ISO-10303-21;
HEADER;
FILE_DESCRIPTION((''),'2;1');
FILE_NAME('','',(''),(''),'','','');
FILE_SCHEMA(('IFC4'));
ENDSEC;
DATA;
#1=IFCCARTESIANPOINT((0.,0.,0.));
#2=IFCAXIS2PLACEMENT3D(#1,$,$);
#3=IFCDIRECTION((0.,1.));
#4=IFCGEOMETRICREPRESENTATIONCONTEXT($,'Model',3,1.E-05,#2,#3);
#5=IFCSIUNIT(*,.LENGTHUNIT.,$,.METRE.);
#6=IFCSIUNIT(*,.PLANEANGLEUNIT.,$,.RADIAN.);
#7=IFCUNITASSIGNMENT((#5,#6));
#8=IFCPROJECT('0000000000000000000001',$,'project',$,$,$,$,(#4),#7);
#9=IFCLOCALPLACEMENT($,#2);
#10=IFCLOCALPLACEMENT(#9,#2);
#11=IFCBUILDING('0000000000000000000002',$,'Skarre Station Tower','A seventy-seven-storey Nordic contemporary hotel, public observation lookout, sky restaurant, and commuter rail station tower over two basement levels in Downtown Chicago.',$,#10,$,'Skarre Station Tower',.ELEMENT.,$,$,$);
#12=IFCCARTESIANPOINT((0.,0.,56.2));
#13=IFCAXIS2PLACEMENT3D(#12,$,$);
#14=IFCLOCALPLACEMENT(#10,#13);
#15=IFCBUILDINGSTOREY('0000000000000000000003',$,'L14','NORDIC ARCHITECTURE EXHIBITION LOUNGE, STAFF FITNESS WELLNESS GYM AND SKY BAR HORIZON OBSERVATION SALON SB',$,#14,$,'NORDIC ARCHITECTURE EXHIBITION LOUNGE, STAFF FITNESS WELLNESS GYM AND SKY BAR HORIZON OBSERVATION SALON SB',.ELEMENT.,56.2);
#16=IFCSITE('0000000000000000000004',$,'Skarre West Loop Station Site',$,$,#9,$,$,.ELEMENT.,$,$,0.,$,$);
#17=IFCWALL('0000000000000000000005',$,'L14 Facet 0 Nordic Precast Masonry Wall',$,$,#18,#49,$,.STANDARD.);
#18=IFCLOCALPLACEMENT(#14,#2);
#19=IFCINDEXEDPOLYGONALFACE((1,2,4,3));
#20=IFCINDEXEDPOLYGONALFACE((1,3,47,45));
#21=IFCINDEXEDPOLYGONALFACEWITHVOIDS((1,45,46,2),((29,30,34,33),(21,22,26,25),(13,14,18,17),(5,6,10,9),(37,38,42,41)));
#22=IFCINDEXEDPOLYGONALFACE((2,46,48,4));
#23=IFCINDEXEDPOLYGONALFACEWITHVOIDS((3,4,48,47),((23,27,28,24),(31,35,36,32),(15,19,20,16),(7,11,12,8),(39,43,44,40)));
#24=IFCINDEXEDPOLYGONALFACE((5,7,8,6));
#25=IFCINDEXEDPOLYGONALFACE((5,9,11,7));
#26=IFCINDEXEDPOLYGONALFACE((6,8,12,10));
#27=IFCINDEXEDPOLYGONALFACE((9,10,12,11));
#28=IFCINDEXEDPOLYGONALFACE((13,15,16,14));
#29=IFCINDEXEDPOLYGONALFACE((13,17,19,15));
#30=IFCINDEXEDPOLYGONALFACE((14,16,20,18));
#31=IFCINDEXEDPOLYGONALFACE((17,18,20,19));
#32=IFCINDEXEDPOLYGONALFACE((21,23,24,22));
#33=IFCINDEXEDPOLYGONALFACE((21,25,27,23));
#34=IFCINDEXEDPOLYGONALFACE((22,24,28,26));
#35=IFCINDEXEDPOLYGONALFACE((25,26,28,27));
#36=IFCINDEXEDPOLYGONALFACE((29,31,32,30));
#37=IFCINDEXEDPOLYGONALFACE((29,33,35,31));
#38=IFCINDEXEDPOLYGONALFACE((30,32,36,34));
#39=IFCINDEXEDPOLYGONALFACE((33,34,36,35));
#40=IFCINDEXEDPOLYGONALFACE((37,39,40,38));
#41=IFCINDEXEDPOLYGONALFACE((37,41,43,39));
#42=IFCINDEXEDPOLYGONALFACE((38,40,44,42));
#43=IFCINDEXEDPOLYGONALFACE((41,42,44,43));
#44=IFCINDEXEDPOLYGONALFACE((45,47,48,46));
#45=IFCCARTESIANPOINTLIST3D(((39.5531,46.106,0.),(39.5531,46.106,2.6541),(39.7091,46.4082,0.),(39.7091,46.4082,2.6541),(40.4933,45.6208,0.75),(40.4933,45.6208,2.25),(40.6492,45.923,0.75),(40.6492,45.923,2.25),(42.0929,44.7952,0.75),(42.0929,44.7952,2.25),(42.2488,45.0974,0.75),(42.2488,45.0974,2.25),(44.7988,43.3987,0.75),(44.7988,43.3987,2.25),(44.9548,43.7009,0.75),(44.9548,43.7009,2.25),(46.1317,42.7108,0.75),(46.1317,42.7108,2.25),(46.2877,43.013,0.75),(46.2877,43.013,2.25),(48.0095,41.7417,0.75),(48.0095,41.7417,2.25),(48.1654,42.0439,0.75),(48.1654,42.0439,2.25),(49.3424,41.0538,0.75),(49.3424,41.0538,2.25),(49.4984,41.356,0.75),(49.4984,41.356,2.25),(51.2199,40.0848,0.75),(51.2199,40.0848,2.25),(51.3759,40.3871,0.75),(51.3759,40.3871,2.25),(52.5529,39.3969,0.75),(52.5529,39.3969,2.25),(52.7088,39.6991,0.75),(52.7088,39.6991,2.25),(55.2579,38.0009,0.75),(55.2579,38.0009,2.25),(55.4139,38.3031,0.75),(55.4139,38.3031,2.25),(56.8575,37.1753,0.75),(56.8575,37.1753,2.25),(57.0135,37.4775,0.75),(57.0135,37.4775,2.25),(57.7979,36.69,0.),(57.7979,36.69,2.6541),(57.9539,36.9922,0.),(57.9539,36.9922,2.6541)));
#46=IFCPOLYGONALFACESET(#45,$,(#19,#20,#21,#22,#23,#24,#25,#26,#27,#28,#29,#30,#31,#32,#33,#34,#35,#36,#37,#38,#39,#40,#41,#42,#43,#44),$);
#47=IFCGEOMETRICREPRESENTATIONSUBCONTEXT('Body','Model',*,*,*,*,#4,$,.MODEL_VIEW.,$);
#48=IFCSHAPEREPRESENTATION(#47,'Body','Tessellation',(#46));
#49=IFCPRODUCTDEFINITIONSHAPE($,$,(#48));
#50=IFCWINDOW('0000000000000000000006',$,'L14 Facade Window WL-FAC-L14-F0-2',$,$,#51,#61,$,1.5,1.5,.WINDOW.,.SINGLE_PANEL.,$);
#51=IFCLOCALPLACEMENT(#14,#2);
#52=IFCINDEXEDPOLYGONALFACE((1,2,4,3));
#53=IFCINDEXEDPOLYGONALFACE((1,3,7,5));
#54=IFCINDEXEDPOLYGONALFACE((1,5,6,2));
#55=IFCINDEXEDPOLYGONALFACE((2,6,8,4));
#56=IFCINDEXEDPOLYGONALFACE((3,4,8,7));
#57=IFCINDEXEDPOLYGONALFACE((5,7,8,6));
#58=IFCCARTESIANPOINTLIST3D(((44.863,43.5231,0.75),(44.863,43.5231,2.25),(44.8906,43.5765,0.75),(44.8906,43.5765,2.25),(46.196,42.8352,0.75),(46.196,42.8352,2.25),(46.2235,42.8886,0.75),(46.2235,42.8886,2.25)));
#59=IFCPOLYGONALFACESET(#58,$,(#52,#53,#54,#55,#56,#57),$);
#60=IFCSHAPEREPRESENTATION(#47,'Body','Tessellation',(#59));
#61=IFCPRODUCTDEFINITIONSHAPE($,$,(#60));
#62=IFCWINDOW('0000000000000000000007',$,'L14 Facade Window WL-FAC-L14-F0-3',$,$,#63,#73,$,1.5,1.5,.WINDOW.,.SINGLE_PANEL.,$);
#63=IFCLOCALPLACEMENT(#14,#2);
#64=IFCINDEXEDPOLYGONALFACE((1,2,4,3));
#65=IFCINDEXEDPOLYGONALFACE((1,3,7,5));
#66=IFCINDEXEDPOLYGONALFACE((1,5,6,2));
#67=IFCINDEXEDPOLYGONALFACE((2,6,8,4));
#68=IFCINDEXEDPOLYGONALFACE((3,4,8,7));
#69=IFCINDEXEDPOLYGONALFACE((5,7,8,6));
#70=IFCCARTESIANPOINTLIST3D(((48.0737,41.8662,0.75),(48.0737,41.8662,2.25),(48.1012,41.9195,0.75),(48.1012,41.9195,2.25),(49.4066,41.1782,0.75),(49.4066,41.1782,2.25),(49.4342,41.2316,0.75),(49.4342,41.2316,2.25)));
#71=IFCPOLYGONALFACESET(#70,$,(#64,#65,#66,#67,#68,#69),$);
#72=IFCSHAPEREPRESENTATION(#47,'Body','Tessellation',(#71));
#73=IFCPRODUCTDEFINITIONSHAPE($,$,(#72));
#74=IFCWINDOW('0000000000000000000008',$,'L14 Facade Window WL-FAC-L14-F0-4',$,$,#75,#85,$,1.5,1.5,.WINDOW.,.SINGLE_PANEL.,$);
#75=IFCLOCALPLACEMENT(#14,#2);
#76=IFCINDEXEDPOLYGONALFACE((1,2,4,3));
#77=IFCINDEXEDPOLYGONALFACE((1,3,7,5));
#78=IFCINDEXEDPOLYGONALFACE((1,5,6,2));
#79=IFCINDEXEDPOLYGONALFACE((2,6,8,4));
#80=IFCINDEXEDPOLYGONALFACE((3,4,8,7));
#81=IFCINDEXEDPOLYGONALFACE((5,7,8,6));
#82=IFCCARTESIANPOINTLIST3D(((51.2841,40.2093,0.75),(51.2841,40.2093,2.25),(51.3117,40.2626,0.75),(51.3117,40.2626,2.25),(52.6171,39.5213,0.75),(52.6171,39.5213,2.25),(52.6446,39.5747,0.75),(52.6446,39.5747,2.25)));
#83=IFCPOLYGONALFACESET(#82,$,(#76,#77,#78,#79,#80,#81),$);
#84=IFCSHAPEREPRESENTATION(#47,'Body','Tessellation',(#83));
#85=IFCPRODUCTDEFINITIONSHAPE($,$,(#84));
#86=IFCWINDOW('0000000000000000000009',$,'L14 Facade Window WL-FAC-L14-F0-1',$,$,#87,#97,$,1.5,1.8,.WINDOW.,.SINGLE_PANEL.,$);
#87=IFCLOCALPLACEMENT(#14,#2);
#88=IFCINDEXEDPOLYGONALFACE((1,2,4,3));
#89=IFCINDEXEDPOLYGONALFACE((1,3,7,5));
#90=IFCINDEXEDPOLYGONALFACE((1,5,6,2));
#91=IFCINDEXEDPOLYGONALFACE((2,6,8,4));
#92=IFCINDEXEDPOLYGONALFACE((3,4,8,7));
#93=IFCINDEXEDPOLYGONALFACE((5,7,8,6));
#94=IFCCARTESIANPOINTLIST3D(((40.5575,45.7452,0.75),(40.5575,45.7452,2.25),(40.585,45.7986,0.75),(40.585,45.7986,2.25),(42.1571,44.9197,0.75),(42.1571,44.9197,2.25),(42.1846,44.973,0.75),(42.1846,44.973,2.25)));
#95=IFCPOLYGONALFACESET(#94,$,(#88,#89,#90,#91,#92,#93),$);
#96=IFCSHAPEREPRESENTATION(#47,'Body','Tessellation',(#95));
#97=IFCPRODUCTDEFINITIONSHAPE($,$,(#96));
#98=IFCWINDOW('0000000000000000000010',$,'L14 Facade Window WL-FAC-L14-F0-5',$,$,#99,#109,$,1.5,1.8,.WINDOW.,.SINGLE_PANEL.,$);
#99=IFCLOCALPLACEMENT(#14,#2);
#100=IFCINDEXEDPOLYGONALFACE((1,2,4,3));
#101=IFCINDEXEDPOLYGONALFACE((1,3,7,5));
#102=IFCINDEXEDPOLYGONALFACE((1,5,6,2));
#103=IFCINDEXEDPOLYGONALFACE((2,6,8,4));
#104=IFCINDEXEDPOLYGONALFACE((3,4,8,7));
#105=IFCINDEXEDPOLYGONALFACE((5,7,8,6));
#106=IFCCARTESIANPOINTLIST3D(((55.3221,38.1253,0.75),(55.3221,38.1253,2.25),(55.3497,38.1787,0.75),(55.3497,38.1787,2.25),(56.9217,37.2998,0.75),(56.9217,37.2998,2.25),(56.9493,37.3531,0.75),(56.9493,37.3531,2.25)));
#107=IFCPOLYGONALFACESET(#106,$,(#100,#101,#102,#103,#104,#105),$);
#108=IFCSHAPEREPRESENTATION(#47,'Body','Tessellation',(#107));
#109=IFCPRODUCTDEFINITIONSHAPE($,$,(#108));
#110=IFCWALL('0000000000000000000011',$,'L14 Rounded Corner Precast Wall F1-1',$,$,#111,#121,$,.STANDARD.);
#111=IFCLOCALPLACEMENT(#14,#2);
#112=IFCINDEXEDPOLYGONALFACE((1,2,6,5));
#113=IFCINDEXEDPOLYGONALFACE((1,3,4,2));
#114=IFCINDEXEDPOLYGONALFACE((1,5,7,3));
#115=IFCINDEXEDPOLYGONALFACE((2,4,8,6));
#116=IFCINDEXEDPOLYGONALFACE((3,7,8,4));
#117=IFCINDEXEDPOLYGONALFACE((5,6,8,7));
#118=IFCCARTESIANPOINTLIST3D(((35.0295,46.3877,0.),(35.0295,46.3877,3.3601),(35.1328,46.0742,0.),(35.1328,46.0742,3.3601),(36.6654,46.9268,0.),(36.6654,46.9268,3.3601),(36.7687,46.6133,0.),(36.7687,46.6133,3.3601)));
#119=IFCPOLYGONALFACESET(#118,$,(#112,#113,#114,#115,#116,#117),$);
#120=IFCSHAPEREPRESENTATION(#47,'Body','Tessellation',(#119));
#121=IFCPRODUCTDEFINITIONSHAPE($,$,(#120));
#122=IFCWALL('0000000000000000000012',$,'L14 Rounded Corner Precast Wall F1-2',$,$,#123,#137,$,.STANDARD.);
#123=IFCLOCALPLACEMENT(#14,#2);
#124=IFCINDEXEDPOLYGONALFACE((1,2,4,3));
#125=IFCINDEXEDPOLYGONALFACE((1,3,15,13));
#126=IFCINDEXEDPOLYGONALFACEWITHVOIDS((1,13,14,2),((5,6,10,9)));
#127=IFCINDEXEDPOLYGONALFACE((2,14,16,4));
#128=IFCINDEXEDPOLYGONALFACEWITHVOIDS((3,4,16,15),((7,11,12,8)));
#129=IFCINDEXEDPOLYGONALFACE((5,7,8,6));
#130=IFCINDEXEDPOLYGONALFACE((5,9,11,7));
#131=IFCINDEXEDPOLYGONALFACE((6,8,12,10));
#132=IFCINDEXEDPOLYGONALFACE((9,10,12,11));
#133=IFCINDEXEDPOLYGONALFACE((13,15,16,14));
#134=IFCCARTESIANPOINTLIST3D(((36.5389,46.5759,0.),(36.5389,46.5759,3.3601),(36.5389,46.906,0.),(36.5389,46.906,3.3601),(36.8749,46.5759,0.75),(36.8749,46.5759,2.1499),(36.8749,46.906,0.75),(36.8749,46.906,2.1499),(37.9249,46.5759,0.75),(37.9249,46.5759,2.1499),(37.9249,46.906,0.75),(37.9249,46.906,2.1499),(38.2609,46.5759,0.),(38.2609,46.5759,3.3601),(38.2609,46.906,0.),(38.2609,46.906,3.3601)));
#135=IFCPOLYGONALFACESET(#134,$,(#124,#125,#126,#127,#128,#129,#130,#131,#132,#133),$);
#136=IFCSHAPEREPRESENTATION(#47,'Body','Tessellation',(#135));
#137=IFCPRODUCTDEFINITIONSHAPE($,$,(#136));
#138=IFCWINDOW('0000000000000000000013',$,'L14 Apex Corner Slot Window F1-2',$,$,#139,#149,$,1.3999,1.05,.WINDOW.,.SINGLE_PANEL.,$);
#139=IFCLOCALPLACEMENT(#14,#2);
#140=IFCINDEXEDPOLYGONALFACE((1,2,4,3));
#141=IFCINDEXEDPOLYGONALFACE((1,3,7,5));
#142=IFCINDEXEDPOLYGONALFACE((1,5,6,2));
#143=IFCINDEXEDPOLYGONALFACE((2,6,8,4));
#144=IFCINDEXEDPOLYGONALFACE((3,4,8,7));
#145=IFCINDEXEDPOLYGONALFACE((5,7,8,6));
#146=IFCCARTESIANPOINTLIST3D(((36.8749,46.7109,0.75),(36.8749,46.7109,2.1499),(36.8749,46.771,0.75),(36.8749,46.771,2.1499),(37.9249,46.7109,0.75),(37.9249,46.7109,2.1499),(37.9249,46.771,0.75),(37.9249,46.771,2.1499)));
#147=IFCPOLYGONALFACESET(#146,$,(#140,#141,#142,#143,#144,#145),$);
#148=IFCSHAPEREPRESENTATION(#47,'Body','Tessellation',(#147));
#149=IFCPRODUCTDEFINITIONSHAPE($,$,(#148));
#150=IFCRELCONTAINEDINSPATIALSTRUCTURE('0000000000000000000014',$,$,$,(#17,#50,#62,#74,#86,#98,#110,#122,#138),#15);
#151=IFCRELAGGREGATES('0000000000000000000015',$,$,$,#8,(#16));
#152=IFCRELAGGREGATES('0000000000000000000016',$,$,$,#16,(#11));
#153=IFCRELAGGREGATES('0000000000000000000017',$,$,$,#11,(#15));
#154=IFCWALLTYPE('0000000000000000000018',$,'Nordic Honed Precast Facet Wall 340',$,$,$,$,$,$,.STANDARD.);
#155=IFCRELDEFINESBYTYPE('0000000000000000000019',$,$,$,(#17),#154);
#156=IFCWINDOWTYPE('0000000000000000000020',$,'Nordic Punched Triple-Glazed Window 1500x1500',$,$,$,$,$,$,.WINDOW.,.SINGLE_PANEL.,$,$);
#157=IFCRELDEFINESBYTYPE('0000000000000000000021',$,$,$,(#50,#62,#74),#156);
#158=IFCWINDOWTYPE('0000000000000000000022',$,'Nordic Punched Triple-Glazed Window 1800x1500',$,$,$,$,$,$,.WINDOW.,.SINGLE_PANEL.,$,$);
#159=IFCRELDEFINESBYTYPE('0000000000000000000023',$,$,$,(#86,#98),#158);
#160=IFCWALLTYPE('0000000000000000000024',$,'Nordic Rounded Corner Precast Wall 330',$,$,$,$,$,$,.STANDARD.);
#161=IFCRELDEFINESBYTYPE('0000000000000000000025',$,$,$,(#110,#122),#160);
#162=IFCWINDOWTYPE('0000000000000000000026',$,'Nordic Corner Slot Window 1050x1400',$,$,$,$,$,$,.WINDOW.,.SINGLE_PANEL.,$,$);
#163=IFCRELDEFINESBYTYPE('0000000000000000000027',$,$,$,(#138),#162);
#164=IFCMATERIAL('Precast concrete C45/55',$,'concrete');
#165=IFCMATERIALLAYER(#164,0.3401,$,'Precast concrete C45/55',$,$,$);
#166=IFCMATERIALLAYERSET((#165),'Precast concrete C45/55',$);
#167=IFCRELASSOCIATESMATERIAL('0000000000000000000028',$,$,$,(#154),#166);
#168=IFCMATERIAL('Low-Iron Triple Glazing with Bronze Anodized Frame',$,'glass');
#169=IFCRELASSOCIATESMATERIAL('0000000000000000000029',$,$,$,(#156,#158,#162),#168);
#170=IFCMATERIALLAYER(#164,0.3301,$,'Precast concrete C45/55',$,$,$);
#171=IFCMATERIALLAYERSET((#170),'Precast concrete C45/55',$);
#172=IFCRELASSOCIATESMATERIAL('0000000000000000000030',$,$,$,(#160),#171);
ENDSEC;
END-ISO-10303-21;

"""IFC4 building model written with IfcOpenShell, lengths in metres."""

from ifc_helpers import new_model, si_unit, direction, frame, frame_2d, origin, place, context, subcontext, project, spatial, rectangle, extrude, material, layer, layer_set, type_object, element, fill, save


model = new_model("IFC4")

# Units and contexts
model_context = context("Model", 3, precision=1e-05, world=origin(), true_north=direction((0.0, 1.0)))
body_context = subcontext(model_context, "Body", "Model", "MODEL_VIEW")
ifc_project = project(units=[si_unit("LENGTHUNIT", "METRE"), si_unit("PLANEANGLEUNIT", "RADIAN")], contexts=[model_context])

# Site, building, storey
site_placement = place(None, origin())
site = spatial("IfcSite", under=ifc_project, at=site_placement, Name="Skarre West Loop Station Site", CompositionType="ELEMENT", RefElevation=0.0)
building_placement = place(site_placement, origin())
building = spatial("IfcBuilding", under=site, at=building_placement, Name="Skarre Station Tower", Description="A seventy-seven-storey Nordic contemporary hotel, public observation lookout, sky restaurant, and commuter rail station tower over two basement levels in Downtown Chicago.", LongName="Skarre Station Tower", CompositionType="ELEMENT")
storey_placement = place(building_placement, frame((0.0, 0.0, 56.2)))
storey = spatial("IfcBuildingStorey", under=building, at=storey_placement, Name="L14", Description="NORDIC ARCHITECTURE EXHIBITION LOUNGE, STAFF FITNESS WELLNESS GYM AND SKY BAR HORIZON OBSERVATION SALON SB", LongName="NORDIC ARCHITECTURE EXHIBITION LOUNGE, STAFF FITNESS WELLNESS GYM AND SKY BAR HORIZON OBSERVATION SALON SB", CompositionType="ELEMENT", Elevation=56.2)

# Wall, openings, windows
ifc_material_1 = material(Name="Precast concrete C45/55", Category="concrete")
ifc_layer_1 = layer(ifc_material_1, 0.3401, Name="Precast concrete C45/55")
ifc_layer_set_1 = layer_set([ifc_layer_1], Name="Precast concrete C45/55")
wall_type_1 = type_object("IfcWallType", Name="Nordic Honed Precast Facet Wall 340", PredefinedType="STANDARD", material=ifc_layer_set_1)
wall_1_placement = place(storey_placement, frame((39.6311, 46.2571, 0.0), z_axis=(0.0, 0.0, 1.0), x_axis=(0.888634, -0.458616, 0.0)))
wall_1 = element("IfcWall", 1, at=wall_1_placement, inside=storey, type_object=wall_type_1, Name="L14 Facet 0 Nordic Precast Masonry Wall", PredefinedType="STANDARD", context=body_context, shape_type="SweptSolid", body=[
    extrude(rectangle(XDim=20.5312, YDim=0.3401, at=frame_2d((10.2656, 0.0))), origin(), (0.0, 0.0, 1.0), 2.6541),
])
opening_1_placement = place(wall_1_placement, frame((1.0581, 0.0, 0.75)))
opening_1 = element("IfcOpeningElement", 2, at=opening_1_placement, cuts=wall_1, PredefinedType="OPENING", context=body_context, shape_type="SweptSolid", body=[
    extrude(rectangle(XDim=1.8, YDim=1.5, at=frame_2d((0.8999, 0.75))), frame((0.0, 0.1799, 0.0), z_axis=(0.0, -1.0, 0.0), x_axis=(1.0, 0.0, 0.0)), (0.0, 0.0, 1.0), 0.3601),
])
opening_2_placement = place(wall_1_placement, frame((5.9031, 0.0, 0.75)))
opening_2 = element("IfcOpeningElement", 3, at=opening_2_placement, cuts=wall_1, PredefinedType="OPENING", context=body_context, shape_type="SweptSolid", body=[
    extrude(rectangle(XDim=1.5, YDim=1.5, at=frame_2d((0.75, 0.75))), frame((0.0, 0.1799, 0.0), z_axis=(0.0, -1.0, 0.0), x_axis=(1.0, 0.0, 0.0)), (0.0, 0.0, 1.0), 0.3601),
])
opening_3_placement = place(wall_1_placement, frame((9.5161, 0.0, 0.75)))
opening_3 = element("IfcOpeningElement", 4, at=opening_3_placement, cuts=wall_1, PredefinedType="OPENING", context=body_context, shape_type="SweptSolid", body=[
    extrude(rectangle(XDim=1.5, YDim=1.5, at=frame_2d((0.75, 0.75))), frame((0.0, 0.1799, 0.0), z_axis=(0.0, -1.0, 0.0), x_axis=(1.0, 0.0, 0.0)), (0.0, 0.0, 1.0), 0.3601),
])
opening_4_placement = place(wall_1_placement, frame((13.1289, 0.0, 0.75)))
opening_4 = element("IfcOpeningElement", 5, at=opening_4_placement, cuts=wall_1, PredefinedType="OPENING", context=body_context, shape_type="SweptSolid", body=[
    extrude(rectangle(XDim=1.5, YDim=1.5, at=frame_2d((0.75, 0.75))), frame((0.0, 0.1799, 0.0), z_axis=(0.0, -1.0, 0.0), x_axis=(1.0, 0.0, 0.0)), (0.0, 0.0, 1.0), 0.3601),
])
opening_5_placement = place(wall_1_placement, frame((17.6731, 0.0, 0.75)))
opening_5 = element("IfcOpeningElement", 6, at=opening_5_placement, cuts=wall_1, PredefinedType="OPENING", context=body_context, shape_type="SweptSolid", body=[
    extrude(rectangle(XDim=1.8, YDim=1.5, at=frame_2d((0.8999, 0.75))), frame((0.0, 0.1799, 0.0), z_axis=(0.0, -1.0, 0.0), x_axis=(1.0, 0.0, 0.0)), (0.0, 0.0, 1.0), 0.3601),
])
ifc_material_2 = material(Name="Low-Iron Triple Glazing with Bronze Anodized Frame", Category="glass")
window_type_1 = type_object("IfcWindowType", Name="Nordic Punched Triple-Glazed Window 1500x1500", PartitioningType="SINGLE_PANEL", PredefinedType="WINDOW", material=ifc_material_2)
window_1_placement = place(opening_2_placement, origin())
window_1 = element("IfcWindow", 7, at=window_1_placement, inside=storey, type_object=window_type_1, Name="L14 Facade Window WL-FAC-L14-F0-2", OverallHeight=1.5, OverallWidth=1.5, PartitioningType="SINGLE_PANEL", PredefinedType="WINDOW", context=body_context, shape_type="SweptSolid", body=[
    extrude(rectangle(XDim=1.5, YDim=1.5, at=frame_2d((0.75, 0.75))), frame((0.0, 0.03, 0.0), z_axis=(0.0, -1.0, 0.0), x_axis=(1.0, 0.0, 0.0)), (0.0, 0.0, 1.0), 0.0601),
])
fill(opening_2, window_1)
window_2_placement = place(opening_3_placement, origin())
window_2 = element("IfcWindow", 8, at=window_2_placement, inside=storey, type_object=window_type_1, Name="L14 Facade Window WL-FAC-L14-F0-3", OverallHeight=1.5, OverallWidth=1.5, PartitioningType="SINGLE_PANEL", PredefinedType="WINDOW", context=body_context, shape_type="SweptSolid", body=[
    extrude(rectangle(XDim=1.5, YDim=1.5, at=frame_2d((0.75, 0.75))), frame((0.0, 0.03, 0.0), z_axis=(0.0, -1.0, 0.0), x_axis=(1.0, 0.0, 0.0)), (0.0, 0.0, 1.0), 0.0601),
])
fill(opening_3, window_2)
window_3_placement = place(opening_4_placement, origin())
window_3 = element("IfcWindow", 9, at=window_3_placement, inside=storey, type_object=window_type_1, Name="L14 Facade Window WL-FAC-L14-F0-4", OverallHeight=1.5, OverallWidth=1.5, PartitioningType="SINGLE_PANEL", PredefinedType="WINDOW", context=body_context, shape_type="SweptSolid", body=[
    extrude(rectangle(XDim=1.5, YDim=1.5, at=frame_2d((0.75, 0.75))), frame((0.0, 0.03, 0.0), z_axis=(0.0, -1.0, 0.0), x_axis=(1.0, 0.0, 0.0)), (0.0, 0.0, 1.0), 0.0601),
])
fill(opening_4, window_3)
window_type_2 = type_object("IfcWindowType", Name="Nordic Punched Triple-Glazed Window 1800x1500", PartitioningType="SINGLE_PANEL", PredefinedType="WINDOW", material=ifc_material_2)
window_4_placement = place(opening_1_placement, origin())
window_4 = element("IfcWindow", 10, at=window_4_placement, inside=storey, type_object=window_type_2, Name="L14 Facade Window WL-FAC-L14-F0-1", OverallHeight=1.5, OverallWidth=1.8, PartitioningType="SINGLE_PANEL", PredefinedType="WINDOW", context=body_context, shape_type="SweptSolid", body=[
    extrude(rectangle(XDim=1.8, YDim=1.5, at=frame_2d((0.8999, 0.75))), frame((0.0, 0.03, 0.0), z_axis=(0.0, -1.0, 0.0), x_axis=(1.0, 0.0, 0.0)), (0.0, 0.0, 1.0), 0.0601),
])
fill(opening_1, window_4)
window_5_placement = place(opening_5_placement, origin())
window_5 = element("IfcWindow", 11, at=window_5_placement, inside=storey, type_object=window_type_2, Name="L14 Facade Window WL-FAC-L14-F0-5", OverallHeight=1.5, OverallWidth=1.8, PartitioningType="SINGLE_PANEL", PredefinedType="WINDOW", context=body_context, shape_type="SweptSolid", body=[
    extrude(rectangle(XDim=1.8, YDim=1.5, at=frame_2d((0.8999, 0.75))), frame((0.0, 0.03, 0.0), z_axis=(0.0, -1.0, 0.0), x_axis=(1.0, 0.0, 0.0)), (0.0, 0.0, 1.0), 0.0601),
])
fill(opening_5, window_5)

# Wall
ifc_layer_2 = layer(ifc_material_1, 0.3301, Name="Precast concrete C45/55")
ifc_layer_set_2 = layer_set([ifc_layer_2], Name="Precast concrete C45/55")
wall_type_2 = type_object("IfcWallType", Name="Nordic Rounded Corner Precast Wall 330", PredefinedType="STANDARD", material=ifc_layer_set_2)
wall_2_placement = place(storey_placement, frame((35.0811, 46.231, 0.0), z_axis=(0.0, 0.0, 1.0), x_axis=(0.949769, 0.312952, 0.0)))
element("IfcWall", 12, at=wall_2_placement, inside=storey, type_object=wall_type_2, Name="L14 Rounded Corner Precast Wall F1-1", PredefinedType="STANDARD", context=body_context, shape_type="SweptSolid", body=[
    extrude(rectangle(XDim=1.7224, YDim=0.3301, at=frame_2d((0.8613, 0.0))), origin(), (0.0, 0.0, 1.0), 3.3601),
])

# Wall, opening, window
wall_3_placement = place(storey_placement, frame((36.5391, 46.741, 0.0), z_axis=(0.0, 0.0, 1.0), x_axis=(1.0, 0.0, 0.0)))
wall_3 = element("IfcWall", 13, at=wall_3_placement, inside=storey, type_object=wall_type_2, Name="L14 Rounded Corner Precast Wall F1-2", PredefinedType="STANDARD", context=body_context, shape_type="SweptSolid", body=[
    extrude(rectangle(XDim=1.7219, YDim=0.3301, at=frame_2d((0.8608, 0.0))), origin(), (0.0, 0.0, 1.0), 3.3601),
])
opening_6_placement = place(wall_3_placement, frame((0.3359, 0.0, 0.75)))
opening_6 = element("IfcOpeningElement", 14, at=opening_6_placement, cuts=wall_3, PredefinedType="OPENING", context=body_context, shape_type="SweptSolid", body=[
    extrude(rectangle(XDim=1.05, YDim=1.3999, at=frame_2d((0.5249, 0.7))), frame((0.0, 0.175, 0.0), z_axis=(0.0, -1.0, 0.0), x_axis=(1.0, 0.0, 0.0)), (0.0, 0.0, 1.0), 0.3501),
])
window_type_3 = type_object("IfcWindowType", Name="Nordic Corner Slot Window 1050x1400", PartitioningType="SINGLE_PANEL", PredefinedType="WINDOW", material=ifc_material_2)
window_6_placement = place(opening_6_placement, origin())
window_6 = element("IfcWindow", 15, at=window_6_placement, inside=storey, type_object=window_type_3, Name="L14 Apex Corner Slot Window F1-2", OverallHeight=1.3999, OverallWidth=1.05, PartitioningType="SINGLE_PANEL", PredefinedType="WINDOW", context=body_context, shape_type="SweptSolid", body=[
    extrude(rectangle(XDim=1.05, YDim=1.3999, at=frame_2d((0.5249, 0.7))), frame((0.0, 0.03, 0.0), z_axis=(0.0, -1.0, 0.0), x_axis=(1.0, 0.0, 0.0)), (0.0, 0.0, 1.0), 0.0601),
])
fill(opening_6, window_6)

save(model, "model.ifc")
